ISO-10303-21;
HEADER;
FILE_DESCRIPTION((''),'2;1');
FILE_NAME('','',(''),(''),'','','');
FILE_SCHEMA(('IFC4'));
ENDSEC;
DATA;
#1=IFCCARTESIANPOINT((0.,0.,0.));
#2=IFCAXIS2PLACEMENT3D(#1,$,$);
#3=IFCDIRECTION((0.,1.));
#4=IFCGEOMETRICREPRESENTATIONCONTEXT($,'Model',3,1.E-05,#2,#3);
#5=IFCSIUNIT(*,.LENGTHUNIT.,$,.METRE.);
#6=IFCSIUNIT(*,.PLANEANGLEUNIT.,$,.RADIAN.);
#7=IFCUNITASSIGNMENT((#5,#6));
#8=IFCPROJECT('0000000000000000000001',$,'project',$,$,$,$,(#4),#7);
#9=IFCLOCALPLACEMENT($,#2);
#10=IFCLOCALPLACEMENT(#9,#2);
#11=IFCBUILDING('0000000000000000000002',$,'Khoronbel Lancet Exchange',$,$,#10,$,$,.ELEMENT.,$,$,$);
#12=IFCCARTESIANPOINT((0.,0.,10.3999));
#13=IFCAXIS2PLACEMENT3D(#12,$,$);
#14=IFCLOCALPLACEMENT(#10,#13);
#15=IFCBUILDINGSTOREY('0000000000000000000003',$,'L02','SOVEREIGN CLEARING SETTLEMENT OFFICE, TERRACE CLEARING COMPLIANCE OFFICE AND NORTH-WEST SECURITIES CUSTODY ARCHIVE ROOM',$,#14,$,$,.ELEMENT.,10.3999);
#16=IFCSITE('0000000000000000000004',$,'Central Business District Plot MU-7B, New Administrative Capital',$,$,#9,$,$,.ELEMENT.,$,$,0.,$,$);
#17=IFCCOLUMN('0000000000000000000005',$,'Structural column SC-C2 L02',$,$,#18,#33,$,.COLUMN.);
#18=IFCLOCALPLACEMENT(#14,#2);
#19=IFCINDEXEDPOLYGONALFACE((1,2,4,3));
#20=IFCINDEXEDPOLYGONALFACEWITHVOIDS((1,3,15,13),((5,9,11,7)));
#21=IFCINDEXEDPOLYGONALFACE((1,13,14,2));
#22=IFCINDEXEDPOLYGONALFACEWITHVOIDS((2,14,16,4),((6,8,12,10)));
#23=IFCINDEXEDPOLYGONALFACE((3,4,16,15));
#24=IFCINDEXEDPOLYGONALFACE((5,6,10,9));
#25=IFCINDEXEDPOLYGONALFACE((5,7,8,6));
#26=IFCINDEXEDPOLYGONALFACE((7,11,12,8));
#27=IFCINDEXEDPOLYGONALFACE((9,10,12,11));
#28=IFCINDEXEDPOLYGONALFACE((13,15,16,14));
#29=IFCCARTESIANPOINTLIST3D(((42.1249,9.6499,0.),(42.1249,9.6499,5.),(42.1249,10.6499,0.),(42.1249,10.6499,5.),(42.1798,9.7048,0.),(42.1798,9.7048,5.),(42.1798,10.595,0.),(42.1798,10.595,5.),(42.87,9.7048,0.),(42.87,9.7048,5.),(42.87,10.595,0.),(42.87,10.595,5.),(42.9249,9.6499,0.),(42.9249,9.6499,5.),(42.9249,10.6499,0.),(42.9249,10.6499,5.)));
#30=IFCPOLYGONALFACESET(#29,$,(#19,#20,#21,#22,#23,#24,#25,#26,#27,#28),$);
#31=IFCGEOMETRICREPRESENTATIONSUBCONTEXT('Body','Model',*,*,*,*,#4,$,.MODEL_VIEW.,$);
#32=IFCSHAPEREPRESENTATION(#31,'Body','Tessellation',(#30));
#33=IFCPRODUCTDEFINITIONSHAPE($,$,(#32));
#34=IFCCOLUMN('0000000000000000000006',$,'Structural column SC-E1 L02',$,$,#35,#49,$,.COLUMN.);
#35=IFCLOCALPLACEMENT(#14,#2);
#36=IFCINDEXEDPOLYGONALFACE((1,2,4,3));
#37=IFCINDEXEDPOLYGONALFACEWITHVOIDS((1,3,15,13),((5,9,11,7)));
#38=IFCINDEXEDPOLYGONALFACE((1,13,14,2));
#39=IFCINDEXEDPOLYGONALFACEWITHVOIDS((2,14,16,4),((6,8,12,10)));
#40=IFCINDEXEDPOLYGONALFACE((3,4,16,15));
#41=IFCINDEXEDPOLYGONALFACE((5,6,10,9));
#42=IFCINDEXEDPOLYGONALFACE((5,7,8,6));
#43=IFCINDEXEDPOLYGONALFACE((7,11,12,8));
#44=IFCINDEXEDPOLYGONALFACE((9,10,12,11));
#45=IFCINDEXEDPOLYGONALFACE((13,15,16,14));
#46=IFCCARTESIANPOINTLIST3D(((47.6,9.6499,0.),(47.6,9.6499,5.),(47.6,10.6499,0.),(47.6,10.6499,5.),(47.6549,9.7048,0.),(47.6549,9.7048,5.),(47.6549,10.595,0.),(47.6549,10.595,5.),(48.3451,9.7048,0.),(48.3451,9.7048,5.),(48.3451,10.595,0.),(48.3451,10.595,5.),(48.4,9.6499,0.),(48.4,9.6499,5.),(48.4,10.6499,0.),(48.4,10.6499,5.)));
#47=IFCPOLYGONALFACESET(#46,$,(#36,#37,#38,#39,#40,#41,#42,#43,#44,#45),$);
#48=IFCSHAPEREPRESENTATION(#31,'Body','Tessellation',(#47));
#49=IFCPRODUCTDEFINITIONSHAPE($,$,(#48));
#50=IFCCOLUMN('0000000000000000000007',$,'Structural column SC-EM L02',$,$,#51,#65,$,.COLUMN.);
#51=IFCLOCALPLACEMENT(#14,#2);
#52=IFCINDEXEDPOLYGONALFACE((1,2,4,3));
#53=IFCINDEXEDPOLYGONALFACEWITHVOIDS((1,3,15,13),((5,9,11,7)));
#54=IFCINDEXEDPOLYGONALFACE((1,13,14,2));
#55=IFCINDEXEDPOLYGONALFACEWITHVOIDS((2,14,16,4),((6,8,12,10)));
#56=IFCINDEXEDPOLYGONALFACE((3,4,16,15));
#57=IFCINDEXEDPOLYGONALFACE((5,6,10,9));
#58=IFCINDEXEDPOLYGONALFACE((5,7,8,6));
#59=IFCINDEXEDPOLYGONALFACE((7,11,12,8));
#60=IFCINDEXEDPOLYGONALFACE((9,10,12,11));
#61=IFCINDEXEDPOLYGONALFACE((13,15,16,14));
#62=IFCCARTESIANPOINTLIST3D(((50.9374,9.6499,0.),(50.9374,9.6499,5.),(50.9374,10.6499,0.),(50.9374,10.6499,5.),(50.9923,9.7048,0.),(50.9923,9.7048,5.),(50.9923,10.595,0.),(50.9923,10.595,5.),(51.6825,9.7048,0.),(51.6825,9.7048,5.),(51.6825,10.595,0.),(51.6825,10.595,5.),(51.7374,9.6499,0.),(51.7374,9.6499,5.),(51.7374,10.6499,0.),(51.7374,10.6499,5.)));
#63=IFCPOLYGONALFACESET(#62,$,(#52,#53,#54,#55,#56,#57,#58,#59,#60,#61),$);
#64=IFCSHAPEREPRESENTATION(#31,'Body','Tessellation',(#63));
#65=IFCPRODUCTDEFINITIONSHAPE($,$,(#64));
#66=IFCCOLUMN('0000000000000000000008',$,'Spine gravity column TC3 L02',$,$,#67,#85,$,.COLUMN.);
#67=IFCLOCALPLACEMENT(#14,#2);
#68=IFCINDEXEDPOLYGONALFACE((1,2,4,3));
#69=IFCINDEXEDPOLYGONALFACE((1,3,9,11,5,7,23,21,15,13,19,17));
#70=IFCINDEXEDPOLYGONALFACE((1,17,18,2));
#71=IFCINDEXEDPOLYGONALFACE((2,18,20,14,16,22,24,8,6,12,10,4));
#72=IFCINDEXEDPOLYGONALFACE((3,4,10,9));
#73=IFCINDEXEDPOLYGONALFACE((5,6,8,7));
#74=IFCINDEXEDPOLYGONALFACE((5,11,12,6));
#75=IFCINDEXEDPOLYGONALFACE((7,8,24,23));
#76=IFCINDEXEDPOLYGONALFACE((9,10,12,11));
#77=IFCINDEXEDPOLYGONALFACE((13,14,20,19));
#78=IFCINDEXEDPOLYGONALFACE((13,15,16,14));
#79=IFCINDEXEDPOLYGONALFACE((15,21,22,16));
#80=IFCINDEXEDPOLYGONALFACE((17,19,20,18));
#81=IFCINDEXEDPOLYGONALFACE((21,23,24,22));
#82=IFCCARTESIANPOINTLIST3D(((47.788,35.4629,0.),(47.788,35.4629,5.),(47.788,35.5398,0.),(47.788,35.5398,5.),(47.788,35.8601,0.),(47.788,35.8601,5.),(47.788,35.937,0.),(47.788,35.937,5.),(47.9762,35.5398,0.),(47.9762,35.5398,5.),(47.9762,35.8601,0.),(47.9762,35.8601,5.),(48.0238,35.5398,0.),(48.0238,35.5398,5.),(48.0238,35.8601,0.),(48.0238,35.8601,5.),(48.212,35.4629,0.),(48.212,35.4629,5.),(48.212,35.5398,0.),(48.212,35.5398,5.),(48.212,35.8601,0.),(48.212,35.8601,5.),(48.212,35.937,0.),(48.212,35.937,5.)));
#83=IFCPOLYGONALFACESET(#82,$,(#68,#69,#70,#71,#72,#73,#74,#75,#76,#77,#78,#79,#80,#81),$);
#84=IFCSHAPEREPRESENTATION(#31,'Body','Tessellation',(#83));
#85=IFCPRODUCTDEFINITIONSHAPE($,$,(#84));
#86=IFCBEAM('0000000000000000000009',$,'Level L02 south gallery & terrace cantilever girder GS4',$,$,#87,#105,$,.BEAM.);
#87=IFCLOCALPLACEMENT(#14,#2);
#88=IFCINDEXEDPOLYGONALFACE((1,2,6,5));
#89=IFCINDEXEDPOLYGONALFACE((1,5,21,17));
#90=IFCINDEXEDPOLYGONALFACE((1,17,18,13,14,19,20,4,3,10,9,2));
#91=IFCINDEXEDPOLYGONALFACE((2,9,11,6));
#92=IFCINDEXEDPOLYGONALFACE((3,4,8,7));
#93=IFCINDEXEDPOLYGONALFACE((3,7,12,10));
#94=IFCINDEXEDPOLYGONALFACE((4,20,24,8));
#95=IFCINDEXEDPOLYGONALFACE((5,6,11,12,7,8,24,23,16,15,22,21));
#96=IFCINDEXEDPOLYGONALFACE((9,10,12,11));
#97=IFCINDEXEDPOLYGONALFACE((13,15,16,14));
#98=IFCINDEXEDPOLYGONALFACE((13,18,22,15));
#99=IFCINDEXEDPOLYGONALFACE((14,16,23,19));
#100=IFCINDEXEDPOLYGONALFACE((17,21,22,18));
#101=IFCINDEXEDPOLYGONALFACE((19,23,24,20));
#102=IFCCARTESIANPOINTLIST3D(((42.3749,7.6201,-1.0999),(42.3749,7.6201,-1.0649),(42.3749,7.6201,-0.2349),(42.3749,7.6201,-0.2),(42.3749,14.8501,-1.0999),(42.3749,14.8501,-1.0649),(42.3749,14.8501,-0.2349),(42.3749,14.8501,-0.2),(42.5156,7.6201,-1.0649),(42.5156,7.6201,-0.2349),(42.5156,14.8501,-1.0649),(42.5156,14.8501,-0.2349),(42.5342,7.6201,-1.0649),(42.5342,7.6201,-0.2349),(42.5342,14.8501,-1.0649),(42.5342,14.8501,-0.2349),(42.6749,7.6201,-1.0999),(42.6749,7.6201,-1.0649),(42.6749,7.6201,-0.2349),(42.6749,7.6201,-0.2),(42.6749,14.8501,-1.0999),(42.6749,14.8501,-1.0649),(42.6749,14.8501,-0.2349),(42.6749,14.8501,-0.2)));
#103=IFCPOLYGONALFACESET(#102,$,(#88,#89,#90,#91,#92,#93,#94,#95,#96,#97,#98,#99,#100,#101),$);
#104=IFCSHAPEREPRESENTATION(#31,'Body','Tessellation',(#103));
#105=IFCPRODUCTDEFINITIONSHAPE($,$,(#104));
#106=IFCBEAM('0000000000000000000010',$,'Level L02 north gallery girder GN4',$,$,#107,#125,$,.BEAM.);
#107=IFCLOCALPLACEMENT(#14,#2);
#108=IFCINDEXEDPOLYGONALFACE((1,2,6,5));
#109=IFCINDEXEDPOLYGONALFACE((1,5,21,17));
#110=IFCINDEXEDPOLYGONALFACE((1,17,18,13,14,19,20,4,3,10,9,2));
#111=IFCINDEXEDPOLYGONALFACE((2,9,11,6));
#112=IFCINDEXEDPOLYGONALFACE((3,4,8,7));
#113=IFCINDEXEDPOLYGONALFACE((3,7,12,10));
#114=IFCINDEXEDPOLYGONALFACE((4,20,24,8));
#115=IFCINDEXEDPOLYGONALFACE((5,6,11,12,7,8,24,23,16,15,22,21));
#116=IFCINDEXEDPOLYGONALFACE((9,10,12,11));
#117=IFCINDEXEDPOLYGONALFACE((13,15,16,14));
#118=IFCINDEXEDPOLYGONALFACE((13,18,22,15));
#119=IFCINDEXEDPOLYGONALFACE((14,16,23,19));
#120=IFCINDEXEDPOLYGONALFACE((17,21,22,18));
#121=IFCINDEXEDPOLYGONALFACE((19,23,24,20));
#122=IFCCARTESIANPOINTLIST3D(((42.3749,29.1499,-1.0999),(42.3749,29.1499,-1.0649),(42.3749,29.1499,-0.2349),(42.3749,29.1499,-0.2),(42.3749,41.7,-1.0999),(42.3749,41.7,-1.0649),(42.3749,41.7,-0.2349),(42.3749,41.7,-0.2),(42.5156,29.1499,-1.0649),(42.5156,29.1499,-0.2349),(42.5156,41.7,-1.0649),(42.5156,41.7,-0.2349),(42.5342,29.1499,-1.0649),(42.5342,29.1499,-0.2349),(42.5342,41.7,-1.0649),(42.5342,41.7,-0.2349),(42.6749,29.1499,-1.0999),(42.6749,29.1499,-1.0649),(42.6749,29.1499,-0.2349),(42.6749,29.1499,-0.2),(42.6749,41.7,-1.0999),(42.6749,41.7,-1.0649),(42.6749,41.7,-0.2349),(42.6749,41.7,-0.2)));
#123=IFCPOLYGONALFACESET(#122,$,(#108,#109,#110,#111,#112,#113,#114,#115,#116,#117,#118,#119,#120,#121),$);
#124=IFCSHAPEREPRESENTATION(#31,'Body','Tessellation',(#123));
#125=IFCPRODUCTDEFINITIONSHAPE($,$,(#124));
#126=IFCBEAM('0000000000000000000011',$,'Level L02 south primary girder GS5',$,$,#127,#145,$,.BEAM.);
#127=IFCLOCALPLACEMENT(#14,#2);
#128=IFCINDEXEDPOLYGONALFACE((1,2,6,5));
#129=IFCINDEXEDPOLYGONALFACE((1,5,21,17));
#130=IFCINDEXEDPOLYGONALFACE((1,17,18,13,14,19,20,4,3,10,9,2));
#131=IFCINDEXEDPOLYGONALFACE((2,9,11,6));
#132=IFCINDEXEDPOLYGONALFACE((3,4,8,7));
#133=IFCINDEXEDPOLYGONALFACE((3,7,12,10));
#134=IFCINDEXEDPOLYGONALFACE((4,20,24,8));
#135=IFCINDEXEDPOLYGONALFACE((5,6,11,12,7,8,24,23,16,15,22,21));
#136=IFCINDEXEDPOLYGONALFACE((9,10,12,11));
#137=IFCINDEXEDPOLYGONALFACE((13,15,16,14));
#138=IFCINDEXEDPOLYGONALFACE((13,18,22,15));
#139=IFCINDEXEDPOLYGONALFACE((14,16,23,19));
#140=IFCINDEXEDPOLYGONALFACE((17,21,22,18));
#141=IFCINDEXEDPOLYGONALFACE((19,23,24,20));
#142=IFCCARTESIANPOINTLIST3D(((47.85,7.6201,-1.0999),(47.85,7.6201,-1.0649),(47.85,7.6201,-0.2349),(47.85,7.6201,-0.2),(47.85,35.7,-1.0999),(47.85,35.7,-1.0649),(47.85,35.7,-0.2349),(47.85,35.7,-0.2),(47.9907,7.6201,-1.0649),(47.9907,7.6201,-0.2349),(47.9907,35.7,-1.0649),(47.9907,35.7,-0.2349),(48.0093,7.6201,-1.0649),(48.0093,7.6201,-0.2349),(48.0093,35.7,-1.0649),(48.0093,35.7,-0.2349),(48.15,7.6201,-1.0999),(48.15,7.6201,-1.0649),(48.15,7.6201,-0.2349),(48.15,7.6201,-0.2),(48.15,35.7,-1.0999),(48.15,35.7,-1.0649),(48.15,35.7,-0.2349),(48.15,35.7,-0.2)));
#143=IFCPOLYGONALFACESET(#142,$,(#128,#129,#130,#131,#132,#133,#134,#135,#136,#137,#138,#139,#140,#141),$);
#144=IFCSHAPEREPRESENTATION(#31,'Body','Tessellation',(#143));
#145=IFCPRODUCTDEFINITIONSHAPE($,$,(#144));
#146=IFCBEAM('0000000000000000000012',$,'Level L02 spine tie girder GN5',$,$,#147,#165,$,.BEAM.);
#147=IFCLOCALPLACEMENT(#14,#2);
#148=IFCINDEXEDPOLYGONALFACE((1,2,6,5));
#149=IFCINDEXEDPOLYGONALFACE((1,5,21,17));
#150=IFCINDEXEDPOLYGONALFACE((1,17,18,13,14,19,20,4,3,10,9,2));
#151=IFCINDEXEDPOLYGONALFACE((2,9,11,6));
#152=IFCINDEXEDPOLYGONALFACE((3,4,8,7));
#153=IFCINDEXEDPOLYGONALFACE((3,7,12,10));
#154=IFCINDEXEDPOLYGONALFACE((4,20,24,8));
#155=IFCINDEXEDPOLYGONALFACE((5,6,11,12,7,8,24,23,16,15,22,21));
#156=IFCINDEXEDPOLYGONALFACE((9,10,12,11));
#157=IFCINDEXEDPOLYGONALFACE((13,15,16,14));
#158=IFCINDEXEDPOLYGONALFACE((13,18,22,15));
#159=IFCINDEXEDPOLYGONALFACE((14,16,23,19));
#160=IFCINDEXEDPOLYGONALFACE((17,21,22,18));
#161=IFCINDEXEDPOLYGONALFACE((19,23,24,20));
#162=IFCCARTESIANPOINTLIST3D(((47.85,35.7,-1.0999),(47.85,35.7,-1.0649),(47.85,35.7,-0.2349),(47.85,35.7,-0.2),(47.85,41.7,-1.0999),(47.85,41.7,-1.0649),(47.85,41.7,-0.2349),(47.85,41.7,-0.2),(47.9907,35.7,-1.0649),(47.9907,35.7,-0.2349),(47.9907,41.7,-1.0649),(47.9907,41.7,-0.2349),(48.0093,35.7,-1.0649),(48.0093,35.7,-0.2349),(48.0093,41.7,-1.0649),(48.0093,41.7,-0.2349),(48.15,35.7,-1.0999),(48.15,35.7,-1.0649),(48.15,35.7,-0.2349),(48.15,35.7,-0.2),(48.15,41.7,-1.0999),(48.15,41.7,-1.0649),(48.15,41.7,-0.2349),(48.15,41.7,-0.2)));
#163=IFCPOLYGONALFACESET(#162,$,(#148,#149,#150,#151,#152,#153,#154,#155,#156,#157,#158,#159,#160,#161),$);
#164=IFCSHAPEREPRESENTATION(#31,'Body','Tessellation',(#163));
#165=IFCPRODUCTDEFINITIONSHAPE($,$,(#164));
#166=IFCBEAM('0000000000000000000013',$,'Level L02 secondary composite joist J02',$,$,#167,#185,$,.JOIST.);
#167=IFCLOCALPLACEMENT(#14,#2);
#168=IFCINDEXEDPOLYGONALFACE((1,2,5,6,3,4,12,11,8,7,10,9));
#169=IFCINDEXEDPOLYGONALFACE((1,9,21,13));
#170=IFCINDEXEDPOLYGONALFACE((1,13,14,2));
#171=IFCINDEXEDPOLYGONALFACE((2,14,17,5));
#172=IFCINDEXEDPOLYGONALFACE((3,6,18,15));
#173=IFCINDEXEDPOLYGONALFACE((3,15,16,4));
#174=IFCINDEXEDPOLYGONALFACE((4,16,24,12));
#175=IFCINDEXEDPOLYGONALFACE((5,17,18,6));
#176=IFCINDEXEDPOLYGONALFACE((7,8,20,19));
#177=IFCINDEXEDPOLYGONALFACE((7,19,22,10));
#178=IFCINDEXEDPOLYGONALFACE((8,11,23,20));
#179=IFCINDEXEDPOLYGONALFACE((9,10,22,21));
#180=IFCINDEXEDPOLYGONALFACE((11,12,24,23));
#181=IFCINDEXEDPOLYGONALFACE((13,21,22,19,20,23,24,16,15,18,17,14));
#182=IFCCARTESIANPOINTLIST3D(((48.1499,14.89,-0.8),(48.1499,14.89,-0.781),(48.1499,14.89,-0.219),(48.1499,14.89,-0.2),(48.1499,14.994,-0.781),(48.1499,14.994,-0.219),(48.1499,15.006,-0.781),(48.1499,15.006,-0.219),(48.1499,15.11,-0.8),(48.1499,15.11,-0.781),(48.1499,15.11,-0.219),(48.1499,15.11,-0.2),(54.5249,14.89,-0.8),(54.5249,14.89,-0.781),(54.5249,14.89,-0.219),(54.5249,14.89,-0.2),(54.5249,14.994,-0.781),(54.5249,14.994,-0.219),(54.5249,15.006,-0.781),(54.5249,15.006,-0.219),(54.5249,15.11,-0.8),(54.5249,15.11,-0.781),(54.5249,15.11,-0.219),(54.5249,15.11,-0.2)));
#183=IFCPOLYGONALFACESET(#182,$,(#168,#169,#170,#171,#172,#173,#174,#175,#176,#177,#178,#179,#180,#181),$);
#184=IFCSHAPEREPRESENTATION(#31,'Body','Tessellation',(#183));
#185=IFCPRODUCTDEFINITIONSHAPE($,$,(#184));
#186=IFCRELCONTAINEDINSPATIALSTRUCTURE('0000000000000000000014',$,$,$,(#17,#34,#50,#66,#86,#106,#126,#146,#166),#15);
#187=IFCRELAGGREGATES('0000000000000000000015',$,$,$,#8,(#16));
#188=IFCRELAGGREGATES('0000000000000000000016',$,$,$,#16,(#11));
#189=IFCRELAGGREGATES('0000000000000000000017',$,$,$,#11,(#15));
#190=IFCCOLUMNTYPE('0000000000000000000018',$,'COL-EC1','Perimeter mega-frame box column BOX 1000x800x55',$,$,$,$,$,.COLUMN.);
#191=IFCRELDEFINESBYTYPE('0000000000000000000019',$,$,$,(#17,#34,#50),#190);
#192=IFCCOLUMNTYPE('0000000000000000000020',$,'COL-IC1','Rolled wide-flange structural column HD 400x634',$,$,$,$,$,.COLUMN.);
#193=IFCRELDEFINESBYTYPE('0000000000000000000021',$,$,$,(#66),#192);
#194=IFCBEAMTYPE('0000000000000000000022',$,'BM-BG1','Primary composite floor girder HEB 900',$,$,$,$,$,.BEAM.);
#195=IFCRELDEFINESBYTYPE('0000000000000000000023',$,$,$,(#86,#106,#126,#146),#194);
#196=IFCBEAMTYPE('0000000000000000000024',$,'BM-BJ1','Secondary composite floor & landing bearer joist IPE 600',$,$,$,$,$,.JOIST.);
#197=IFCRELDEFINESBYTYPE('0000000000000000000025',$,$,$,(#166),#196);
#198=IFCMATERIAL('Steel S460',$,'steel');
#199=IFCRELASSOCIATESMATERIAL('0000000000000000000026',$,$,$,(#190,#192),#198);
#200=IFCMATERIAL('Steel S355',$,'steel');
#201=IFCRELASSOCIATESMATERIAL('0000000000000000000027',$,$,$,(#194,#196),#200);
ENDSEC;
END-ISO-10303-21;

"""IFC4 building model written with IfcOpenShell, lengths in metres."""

from ifc_helpers import new_model, si_unit, direction, frame, origin, origin_2d, place, context, subcontext, project, spatial, hollow_rectangle, i_section, extrude, material, material_profile, profile_set, type_object, element, save


model = new_model("IFC4")

# Units and contexts
model_context = context("Model", 3, precision=1e-05, world=origin(), true_north=direction((0.0, 1.0)))
body_context = subcontext(model_context, "Body", "Model", "MODEL_VIEW")
ifc_project = project(units=[si_unit("LENGTHUNIT", "METRE"), si_unit("PLANEANGLEUNIT", "RADIAN")], contexts=[model_context])

# Site, building, storey
site_placement = place(None, origin())
site = spatial("IfcSite", under=ifc_project, at=site_placement, Name="Central Business District Plot MU-7B, New Administrative Capital", CompositionType="ELEMENT", RefElevation=0.0)
building_placement = place(site_placement, origin())
building = spatial("IfcBuilding", under=site, at=building_placement, Name="Khoronbel Lancet Exchange", CompositionType="ELEMENT")
storey_placement = place(building_placement, frame((0.0, 0.0, 10.3999)))
storey = spatial("IfcBuildingStorey", under=building, at=storey_placement, Name="L02", Description="SOVEREIGN CLEARING SETTLEMENT OFFICE, TERRACE CLEARING COMPLIANCE OFFICE AND NORTH-WEST SECURITIES CUSTODY ARCHIVE ROOM", CompositionType="ELEMENT", Elevation=10.3999)

# Columns
ifc_material_1 = material(Name="Steel S460", Category="steel")
ifc_material_profile_1 = material_profile(ifc_material_1, hollow_rectangle(XDim=0.8, YDim=1.0, WallThickness=0.0549, at=origin_2d()), Name="BOX 1000x800x55")
ifc_profile_set_1 = profile_set([ifc_material_profile_1], Name="Steel S460")
column_type_1 = type_object("IfcColumnType", Name="COL-EC1", Description="Perimeter mega-frame box column BOX 1000x800x55", PredefinedType="COLUMN", material=ifc_profile_set_1)
for number, where, z_axis, x_axis, name in (
    (1, (42.5249, 10.1499, 0.0), (0.0, 0.0, 1.0), (1.0, 0.0, 0.0), "Structural column SC-C2 L02"),
    (2, (48.0, 10.1499, 0.0), (0.0, 0.0, 1.0), (1.0, 0.0, 0.0), "Structural column SC-E1 L02"),
    (3, (51.3374, 10.1499, 0.0), (0.0, 0.0, 1.0), (1.0, 0.0, 0.0), "Structural column SC-EM L02"),
):
    element("IfcColumn", number, at=place(storey_placement, frame(where, z_axis=z_axis, x_axis=x_axis)), inside=storey, type_object=column_type_1, Name=name, PredefinedType="COLUMN", context=body_context, shape_type="SweptSolid", body=[
        extrude(hollow_rectangle(XDim=0.8, YDim=1.0, WallThickness=0.0549, at=origin_2d()), origin(), (0.0, 0.0, 1.0), 5.0),
    ])
ifc_material_profile_2 = material_profile(ifc_material_1, i_section(OverallWidth=0.4241, OverallDepth=0.4741, WebThickness=0.0476, FlangeThickness=0.0769, at=origin_2d()), Name="HD 400x634")
ifc_profile_set_2 = profile_set([ifc_material_profile_2], Name="Steel S460")
column_type_2 = type_object("IfcColumnType", Name="COL-IC1", Description="Rolled wide-flange structural column HD 400x634", PredefinedType="COLUMN", material=ifc_profile_set_2)
column_placement = place(storey_placement, frame((48.0, 35.7, 0.0), z_axis=(0.0, 0.0, 1.0), x_axis=(1.0, 0.0, 0.0)))
element("IfcColumn", 4, at=column_placement, inside=storey, type_object=column_type_2, Name="Spine gravity column TC3 L02", PredefinedType="COLUMN", context=body_context, shape_type="SweptSolid", body=[
    extrude(i_section(OverallWidth=0.4241, OverallDepth=0.4741, WebThickness=0.0476, FlangeThickness=0.0769, at=origin_2d()), origin(), (0.0, 0.0, 1.0), 5.0),
])

# Beams
ifc_material_2 = material(Name="Steel S355", Category="steel")
ifc_material_profile_3 = material_profile(ifc_material_2, i_section(OverallWidth=0.3, OverallDepth=0.8999, WebThickness=0.0186, FlangeThickness=0.0349, at=origin_2d()), Name="HEB 900")
ifc_profile_set_3 = profile_set([ifc_material_profile_3], Name="Steel S355")
beam_type_1 = type_object("IfcBeamType", Name="BM-BG1", Description="Primary composite floor girder HEB 900", PredefinedType="BEAM", material=ifc_profile_set_3)
beam_1_placement = place(storey_placement, frame((42.5249, 7.6201, -0.6499), z_axis=(0.0, 1.0, 0.0), x_axis=(-1.0, 0.0, 0.0)))
element("IfcBeam", 5, at=beam_1_placement, inside=storey, type_object=beam_type_1, Name="Level L02 south gallery & terrace cantilever girder GS4", PredefinedType="BEAM", context=body_context, shape_type="SweptSolid", body=[
    extrude(i_section(OverallWidth=0.3, OverallDepth=0.8999, WebThickness=0.0186, FlangeThickness=0.0349, at=origin_2d()), origin(), (0.0, 0.0, 1.0), 7.23),
])
beam_2_placement = place(storey_placement, frame((42.5249, 29.1499, -0.6499), z_axis=(0.0, 1.0, 0.0), x_axis=(-1.0, 0.0, 0.0)))
element("IfcBeam", 6, at=beam_2_placement, inside=storey, type_object=beam_type_1, Name="Level L02 north gallery girder GN4", PredefinedType="BEAM", context=body_context, shape_type="SweptSolid", body=[
    extrude(i_section(OverallWidth=0.3, OverallDepth=0.8999, WebThickness=0.0186, FlangeThickness=0.0349, at=origin_2d()), origin(), (0.0, 0.0, 1.0), 12.55),
])
beam_3_placement = place(storey_placement, frame((48.0, 7.6201, -0.6499), z_axis=(0.0, 1.0, 0.0), x_axis=(-1.0, 0.0, 0.0)))
element("IfcBeam", 7, at=beam_3_placement, inside=storey, type_object=beam_type_1, Name="Level L02 south primary girder GS5", PredefinedType="BEAM", context=body_context, shape_type="SweptSolid", body=[
    extrude(i_section(OverallWidth=0.3, OverallDepth=0.8999, WebThickness=0.0186, FlangeThickness=0.0349, at=origin_2d()), origin(), (0.0, 0.0, 1.0), 28.0798),
])
beam_4_placement = place(storey_placement, frame((48.0, 35.7, -0.6499), z_axis=(0.0, 1.0, 0.0), x_axis=(-1.0, 0.0, 0.0)))
element("IfcBeam", 8, at=beam_4_placement, inside=storey, type_object=beam_type_1, Name="Level L02 spine tie girder GN5", PredefinedType="BEAM", context=body_context, shape_type="SweptSolid", body=[
    extrude(i_section(OverallWidth=0.3, OverallDepth=0.8999, WebThickness=0.0186, FlangeThickness=0.0349, at=origin_2d()), origin(), (0.0, 0.0, 1.0), 6.0),
])
ifc_material_profile_4 = material_profile(ifc_material_2, i_section(OverallWidth=0.22, OverallDepth=0.6001, WebThickness=0.012, FlangeThickness=0.019, at=origin_2d()), Name="IPE 600")
ifc_profile_set_4 = profile_set([ifc_material_profile_4], Name="Steel S355")
beam_type_2 = type_object("IfcBeamType", Name="BM-BJ1", Description="Secondary composite floor & landing bearer joist IPE 600", PredefinedType="JOIST", material=ifc_profile_set_4)
for number, where, z_axis, x_axis, name in (
    (9, (48.1499, 15.0, -0.5), (1.0, 0.0, 0.0), (0.0, 1.0, 0.0), "Level L02 secondary composite joist J02"),
):
    element("IfcBeam", number, at=place(storey_placement, frame(where, z_axis=z_axis, x_axis=x_axis)), inside=storey, type_object=beam_type_2, Name=name, PredefinedType="JOIST", context=body_context, shape_type="SweptSolid", body=[
        extrude(i_section(OverallWidth=0.22, OverallDepth=0.6001, WebThickness=0.012, FlangeThickness=0.019, at=origin_2d()), origin(), (0.0, 0.0, 1.0), 6.375),
    ])

save(model, "model.ifc")
